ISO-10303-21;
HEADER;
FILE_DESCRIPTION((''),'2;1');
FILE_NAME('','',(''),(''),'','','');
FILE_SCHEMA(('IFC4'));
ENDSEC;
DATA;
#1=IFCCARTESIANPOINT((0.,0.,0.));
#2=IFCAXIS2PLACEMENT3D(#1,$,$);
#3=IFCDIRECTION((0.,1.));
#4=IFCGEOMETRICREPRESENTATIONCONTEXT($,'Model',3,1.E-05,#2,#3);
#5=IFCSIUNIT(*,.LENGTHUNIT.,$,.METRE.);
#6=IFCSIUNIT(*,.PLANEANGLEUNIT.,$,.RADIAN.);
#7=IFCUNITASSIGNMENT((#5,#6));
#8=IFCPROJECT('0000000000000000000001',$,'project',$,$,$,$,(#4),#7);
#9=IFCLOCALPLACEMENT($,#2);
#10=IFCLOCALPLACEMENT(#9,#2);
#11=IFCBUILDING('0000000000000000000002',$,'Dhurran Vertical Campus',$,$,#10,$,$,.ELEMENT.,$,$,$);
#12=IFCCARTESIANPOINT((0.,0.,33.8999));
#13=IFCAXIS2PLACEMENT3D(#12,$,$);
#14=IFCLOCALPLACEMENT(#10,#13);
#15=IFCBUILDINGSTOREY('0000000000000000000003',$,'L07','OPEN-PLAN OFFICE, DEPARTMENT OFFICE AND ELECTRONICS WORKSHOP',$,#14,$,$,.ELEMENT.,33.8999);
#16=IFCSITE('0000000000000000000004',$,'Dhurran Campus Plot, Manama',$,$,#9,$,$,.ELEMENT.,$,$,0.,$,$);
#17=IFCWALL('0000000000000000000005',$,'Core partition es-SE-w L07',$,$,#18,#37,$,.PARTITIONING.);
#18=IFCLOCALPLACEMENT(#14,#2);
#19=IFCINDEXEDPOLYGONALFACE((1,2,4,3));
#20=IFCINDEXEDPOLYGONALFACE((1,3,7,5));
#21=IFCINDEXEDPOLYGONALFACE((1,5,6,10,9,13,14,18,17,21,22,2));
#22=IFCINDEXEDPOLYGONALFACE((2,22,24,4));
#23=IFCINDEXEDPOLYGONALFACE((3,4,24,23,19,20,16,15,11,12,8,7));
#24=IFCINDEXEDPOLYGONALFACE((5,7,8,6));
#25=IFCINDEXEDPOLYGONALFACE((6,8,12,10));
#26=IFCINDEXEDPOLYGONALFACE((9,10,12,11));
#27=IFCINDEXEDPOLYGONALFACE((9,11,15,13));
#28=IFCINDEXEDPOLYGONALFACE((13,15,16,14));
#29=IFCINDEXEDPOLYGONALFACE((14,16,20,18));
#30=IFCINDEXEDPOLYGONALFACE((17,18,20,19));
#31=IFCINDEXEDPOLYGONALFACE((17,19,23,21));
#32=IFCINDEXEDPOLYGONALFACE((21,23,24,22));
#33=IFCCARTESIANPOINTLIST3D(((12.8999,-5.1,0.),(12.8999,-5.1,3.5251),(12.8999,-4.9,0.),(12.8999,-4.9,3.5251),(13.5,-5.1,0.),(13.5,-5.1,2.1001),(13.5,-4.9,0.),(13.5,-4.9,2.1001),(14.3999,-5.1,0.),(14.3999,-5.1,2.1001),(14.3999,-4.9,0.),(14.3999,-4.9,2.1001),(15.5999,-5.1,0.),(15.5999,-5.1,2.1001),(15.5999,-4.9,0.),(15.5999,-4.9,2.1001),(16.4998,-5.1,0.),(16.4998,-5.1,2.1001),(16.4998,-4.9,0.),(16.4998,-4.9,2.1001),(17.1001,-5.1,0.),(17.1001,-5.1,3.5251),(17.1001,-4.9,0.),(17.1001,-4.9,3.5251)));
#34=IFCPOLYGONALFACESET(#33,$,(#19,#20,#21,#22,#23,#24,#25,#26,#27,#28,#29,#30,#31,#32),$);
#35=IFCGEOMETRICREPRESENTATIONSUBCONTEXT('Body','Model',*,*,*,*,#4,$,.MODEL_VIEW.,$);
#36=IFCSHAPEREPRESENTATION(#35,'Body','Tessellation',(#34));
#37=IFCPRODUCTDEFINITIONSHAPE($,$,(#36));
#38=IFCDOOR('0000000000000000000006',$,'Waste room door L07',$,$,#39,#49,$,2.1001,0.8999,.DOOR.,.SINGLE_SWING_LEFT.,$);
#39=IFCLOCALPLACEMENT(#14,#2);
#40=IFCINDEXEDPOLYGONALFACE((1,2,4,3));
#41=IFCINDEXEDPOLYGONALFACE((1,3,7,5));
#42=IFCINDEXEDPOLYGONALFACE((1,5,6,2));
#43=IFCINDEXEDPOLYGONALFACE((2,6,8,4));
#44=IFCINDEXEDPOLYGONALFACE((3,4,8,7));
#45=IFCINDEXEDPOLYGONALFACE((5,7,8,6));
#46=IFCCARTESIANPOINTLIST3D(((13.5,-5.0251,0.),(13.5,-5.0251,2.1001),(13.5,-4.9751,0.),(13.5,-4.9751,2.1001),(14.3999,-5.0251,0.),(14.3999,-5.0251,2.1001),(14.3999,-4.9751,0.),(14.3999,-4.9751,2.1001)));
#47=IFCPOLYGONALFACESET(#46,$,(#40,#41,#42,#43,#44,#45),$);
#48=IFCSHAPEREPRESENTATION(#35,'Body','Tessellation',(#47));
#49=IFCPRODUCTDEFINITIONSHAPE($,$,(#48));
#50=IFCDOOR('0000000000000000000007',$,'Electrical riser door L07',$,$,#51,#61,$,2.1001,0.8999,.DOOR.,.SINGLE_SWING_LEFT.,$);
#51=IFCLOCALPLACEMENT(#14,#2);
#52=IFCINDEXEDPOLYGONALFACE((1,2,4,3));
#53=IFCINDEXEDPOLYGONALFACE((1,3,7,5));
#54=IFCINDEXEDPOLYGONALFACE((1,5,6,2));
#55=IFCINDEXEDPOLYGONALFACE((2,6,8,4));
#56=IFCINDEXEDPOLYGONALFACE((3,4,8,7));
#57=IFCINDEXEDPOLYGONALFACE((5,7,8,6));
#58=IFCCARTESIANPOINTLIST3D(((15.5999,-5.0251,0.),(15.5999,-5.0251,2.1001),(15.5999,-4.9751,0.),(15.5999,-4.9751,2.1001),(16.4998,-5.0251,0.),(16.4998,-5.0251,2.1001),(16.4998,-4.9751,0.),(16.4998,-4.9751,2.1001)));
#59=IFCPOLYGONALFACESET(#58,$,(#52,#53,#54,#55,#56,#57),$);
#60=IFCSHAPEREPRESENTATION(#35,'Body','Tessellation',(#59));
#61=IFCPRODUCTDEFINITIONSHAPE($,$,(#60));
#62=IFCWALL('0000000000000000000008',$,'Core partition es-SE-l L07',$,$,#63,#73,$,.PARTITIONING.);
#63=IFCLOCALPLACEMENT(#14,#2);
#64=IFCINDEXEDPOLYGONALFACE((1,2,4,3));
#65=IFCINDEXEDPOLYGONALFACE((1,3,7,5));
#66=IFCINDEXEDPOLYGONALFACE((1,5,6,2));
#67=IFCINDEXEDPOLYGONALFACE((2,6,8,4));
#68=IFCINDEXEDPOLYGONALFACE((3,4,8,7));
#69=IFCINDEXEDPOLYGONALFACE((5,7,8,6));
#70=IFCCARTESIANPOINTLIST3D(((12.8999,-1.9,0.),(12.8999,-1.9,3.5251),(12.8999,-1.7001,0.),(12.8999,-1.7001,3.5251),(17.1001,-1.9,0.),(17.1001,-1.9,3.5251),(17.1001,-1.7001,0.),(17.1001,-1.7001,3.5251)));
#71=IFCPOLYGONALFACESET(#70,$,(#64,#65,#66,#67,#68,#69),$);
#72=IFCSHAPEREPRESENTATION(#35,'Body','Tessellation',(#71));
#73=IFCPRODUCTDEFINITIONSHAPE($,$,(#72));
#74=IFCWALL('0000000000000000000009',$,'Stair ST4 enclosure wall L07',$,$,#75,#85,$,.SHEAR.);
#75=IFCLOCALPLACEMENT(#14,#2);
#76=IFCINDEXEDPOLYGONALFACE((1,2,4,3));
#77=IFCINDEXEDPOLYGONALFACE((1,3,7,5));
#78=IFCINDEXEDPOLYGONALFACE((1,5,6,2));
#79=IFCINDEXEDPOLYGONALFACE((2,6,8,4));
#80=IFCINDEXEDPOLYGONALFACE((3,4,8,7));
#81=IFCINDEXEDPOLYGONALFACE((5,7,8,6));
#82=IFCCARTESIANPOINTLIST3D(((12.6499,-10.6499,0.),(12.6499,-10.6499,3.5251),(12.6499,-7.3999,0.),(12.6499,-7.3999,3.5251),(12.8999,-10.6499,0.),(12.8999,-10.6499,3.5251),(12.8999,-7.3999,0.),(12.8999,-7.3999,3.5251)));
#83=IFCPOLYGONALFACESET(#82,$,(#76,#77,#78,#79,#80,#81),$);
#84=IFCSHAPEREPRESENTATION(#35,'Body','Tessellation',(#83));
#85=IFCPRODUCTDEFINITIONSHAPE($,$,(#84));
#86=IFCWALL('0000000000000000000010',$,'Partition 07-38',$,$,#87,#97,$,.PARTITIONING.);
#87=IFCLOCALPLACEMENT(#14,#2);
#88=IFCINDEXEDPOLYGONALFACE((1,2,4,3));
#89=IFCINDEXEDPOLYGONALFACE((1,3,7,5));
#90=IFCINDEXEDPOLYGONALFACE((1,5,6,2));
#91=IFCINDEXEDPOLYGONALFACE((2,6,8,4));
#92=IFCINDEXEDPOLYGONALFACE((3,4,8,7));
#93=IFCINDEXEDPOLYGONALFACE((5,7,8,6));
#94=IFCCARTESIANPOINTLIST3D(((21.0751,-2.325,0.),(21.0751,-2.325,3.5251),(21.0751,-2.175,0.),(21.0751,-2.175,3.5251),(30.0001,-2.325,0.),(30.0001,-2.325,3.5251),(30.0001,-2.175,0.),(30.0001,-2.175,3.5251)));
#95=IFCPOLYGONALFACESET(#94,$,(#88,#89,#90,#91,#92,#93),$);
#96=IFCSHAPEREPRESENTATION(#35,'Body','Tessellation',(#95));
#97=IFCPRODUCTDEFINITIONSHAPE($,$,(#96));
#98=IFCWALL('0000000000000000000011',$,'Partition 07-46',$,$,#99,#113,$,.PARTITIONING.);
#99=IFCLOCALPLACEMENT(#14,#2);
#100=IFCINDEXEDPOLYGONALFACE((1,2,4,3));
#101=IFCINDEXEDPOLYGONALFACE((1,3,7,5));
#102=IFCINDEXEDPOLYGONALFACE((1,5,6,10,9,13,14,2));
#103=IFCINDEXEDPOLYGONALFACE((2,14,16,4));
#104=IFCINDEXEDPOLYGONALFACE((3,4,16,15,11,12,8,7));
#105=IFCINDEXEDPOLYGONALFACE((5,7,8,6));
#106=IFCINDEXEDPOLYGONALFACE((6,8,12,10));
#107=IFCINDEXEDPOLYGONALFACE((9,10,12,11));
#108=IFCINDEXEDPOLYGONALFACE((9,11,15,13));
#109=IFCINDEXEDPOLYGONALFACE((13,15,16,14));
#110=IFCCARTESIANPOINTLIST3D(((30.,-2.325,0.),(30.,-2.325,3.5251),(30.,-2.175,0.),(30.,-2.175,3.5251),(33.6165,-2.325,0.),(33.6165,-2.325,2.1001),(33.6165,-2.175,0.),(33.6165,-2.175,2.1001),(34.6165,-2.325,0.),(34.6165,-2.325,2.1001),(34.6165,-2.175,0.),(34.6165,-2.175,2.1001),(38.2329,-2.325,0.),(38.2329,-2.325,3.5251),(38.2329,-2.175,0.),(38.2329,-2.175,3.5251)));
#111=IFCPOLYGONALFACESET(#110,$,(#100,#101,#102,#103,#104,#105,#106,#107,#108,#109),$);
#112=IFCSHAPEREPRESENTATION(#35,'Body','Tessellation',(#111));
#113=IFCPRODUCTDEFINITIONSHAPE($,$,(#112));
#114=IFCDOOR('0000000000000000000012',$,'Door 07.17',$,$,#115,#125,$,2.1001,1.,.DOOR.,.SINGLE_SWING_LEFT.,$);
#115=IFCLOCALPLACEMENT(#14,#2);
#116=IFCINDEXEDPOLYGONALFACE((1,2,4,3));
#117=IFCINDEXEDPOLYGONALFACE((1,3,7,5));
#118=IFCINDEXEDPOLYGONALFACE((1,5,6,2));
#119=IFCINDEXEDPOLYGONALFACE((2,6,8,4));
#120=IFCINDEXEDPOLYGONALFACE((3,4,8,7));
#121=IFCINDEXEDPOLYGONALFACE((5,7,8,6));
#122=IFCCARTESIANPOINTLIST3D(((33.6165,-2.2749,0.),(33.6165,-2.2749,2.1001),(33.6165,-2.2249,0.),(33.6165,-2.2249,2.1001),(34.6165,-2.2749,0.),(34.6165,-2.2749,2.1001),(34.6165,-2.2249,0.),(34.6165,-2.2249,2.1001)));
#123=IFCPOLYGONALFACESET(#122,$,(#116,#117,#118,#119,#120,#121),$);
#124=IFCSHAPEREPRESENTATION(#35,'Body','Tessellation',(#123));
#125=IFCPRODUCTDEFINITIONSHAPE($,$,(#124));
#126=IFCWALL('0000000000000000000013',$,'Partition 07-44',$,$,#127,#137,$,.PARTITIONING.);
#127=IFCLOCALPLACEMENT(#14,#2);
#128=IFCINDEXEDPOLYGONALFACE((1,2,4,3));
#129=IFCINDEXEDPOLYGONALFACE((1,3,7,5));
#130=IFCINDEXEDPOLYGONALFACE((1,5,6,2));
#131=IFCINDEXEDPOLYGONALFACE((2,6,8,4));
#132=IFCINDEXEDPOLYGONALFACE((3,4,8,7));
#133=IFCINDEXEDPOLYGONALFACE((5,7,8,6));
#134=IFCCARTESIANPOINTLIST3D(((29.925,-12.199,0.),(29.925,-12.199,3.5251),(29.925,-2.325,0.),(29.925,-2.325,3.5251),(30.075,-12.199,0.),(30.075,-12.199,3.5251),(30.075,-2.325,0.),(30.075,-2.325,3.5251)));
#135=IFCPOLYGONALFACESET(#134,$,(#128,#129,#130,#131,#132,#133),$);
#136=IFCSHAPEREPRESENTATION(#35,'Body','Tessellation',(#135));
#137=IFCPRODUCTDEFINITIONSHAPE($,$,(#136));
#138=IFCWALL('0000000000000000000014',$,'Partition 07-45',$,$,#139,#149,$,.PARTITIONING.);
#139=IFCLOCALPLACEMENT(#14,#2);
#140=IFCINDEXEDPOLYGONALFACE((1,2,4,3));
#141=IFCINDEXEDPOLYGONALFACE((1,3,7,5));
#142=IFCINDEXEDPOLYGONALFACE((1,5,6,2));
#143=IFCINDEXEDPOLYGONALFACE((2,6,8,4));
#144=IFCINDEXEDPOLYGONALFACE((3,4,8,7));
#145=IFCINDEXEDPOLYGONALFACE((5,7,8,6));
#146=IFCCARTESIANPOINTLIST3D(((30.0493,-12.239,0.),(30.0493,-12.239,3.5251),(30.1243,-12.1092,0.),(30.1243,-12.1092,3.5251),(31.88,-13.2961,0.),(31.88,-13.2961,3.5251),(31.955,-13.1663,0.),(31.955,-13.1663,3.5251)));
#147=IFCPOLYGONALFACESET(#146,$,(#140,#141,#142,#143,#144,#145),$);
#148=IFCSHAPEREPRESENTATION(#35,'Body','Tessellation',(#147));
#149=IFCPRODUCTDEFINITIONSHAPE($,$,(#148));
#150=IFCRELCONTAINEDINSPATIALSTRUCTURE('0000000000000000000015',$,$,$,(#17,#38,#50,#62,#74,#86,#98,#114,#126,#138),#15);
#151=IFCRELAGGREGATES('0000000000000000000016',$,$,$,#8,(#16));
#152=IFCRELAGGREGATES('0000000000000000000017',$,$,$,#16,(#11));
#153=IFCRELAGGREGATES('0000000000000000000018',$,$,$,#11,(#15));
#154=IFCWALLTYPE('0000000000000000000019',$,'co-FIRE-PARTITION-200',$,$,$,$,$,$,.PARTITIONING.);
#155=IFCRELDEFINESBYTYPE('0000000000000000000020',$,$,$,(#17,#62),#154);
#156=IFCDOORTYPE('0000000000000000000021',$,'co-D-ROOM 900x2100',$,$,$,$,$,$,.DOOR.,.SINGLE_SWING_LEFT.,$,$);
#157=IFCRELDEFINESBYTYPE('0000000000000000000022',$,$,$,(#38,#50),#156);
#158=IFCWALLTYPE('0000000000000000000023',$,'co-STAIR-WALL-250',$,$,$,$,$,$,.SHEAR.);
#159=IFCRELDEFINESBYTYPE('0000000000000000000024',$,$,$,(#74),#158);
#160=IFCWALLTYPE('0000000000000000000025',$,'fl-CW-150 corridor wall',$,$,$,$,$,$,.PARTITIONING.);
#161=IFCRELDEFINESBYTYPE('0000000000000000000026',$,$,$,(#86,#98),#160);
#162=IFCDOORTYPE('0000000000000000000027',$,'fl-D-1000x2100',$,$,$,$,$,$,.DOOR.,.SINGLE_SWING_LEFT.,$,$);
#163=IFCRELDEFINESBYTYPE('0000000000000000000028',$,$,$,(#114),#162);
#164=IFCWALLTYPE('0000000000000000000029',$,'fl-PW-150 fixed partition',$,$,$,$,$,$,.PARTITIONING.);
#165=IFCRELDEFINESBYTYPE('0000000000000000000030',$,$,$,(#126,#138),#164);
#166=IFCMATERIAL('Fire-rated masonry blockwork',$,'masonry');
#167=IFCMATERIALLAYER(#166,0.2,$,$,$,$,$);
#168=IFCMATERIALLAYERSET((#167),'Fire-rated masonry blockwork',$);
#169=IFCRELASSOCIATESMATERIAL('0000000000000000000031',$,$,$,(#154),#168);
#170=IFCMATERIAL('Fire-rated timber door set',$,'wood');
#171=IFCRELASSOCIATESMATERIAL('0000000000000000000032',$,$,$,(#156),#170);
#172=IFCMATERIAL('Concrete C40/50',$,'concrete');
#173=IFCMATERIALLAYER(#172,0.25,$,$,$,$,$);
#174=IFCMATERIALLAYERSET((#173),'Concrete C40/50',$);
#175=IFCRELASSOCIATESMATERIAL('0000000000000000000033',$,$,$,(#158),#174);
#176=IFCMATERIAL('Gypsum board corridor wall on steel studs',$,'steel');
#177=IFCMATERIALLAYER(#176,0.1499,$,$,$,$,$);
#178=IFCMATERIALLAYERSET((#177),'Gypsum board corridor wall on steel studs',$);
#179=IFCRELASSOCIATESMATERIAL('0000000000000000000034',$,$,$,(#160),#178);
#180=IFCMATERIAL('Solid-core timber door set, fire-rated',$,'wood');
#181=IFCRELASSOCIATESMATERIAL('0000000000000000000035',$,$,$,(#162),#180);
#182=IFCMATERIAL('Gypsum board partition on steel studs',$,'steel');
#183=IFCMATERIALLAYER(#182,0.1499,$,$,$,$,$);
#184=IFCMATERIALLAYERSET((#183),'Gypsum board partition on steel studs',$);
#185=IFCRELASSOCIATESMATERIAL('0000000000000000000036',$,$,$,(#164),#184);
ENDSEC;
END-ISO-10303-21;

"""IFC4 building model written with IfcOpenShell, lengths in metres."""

from ifc_helpers import new_model, si_unit, direction, frame, frame_2d, origin, place, context, subcontext, project, spatial, rectangle, extrude, material, layer, layer_set, type_object, element, fill, save


model = new_model("IFC4")

# Units and contexts
model_context = context("Model", 3, precision=1e-05, world=origin(), true_north=direction((0.0, 1.0)))
body_context = subcontext(model_context, "Body", "Model", "MODEL_VIEW")
ifc_project = project(units=[si_unit("LENGTHUNIT", "METRE"), si_unit("PLANEANGLEUNIT", "RADIAN")], contexts=[model_context])

# Site, building, storey
site_placement = place(None, origin())
site = spatial("IfcSite", under=ifc_project, at=site_placement, Name="Dhurran Campus Plot, Manama", CompositionType="ELEMENT", RefElevation=0.0)
building_placement = place(site_placement, origin())
building = spatial("IfcBuilding", under=site, at=building_placement, Name="Dhurran Vertical Campus", CompositionType="ELEMENT")
storey_placement = place(building_placement, frame((0.0, 0.0, 33.8999)))
storey = spatial("IfcBuildingStorey", under=building, at=storey_placement, Name="L07", Description="OPEN-PLAN OFFICE, DEPARTMENT OFFICE AND ELECTRONICS WORKSHOP", CompositionType="ELEMENT", Elevation=33.8999)

# Shared definitions
ifc_material_1 = material(Name="Fire-rated masonry blockwork", Category="masonry")
ifc_layer_1 = layer(ifc_material_1, 0.2)
ifc_layer_set_1 = layer_set([ifc_layer_1], Name="Fire-rated masonry blockwork")
wall_type_1 = type_object("IfcWallType", Name="co-FIRE-PARTITION-200", PredefinedType="PARTITIONING", material=ifc_layer_set_1)

# Shared definitions
ifc_material_2 = material(Name="Fire-rated timber door set", Category="wood")
door_type_1 = type_object("IfcDoorType", Name="co-D-ROOM 900x2100", OperationType="SINGLE_SWING_LEFT", PredefinedType="DOOR", material=ifc_material_2)

# Wall, openings, doors
wall_1_placement = place(storey_placement, frame((12.8999, -5.0, 0.0), z_axis=(0.0, 0.0, 1.0), x_axis=(1.0, 0.0, 0.0)))
wall_1 = element("IfcWall", 1, at=wall_1_placement, inside=storey, type_object=wall_type_1, Name="Core partition es-SE-w L07", PredefinedType="PARTITIONING", context=body_context, shape_type="SweptSolid", body=[
    extrude(rectangle(XDim=4.2002, YDim=0.2, at=frame_2d((2.1001, 0.0))), origin(), (0.0, 0.0, 1.0), 3.5251),
])
opening_1_placement = place(wall_1_placement, frame((0.6001, 0.0, 0.0)))
opening_1 = element("IfcOpeningElement", 2, at=opening_1_placement, cuts=wall_1, PredefinedType="OPENING", context=body_context, shape_type="SweptSolid", body=[
    extrude(rectangle(XDim=0.8999, YDim=2.1001, at=frame_2d((0.45, 1.05))), frame((0.0, 0.1099, 0.0), z_axis=(0.0, -1.0, 0.0), x_axis=(1.0, 0.0, 0.0)), (0.0, 0.0, 1.0), 0.22),
])
opening_2_placement = place(wall_1_placement, frame((2.7, 0.0, 0.0)))
opening_2 = element("IfcOpeningElement", 3, at=opening_2_placement, cuts=wall_1, PredefinedType="OPENING", context=body_context, shape_type="SweptSolid", body=[
    extrude(rectangle(XDim=0.8999, YDim=2.1001, at=frame_2d((0.45, 1.05))), frame((0.0, 0.1099, 0.0), z_axis=(0.0, -1.0, 0.0), x_axis=(1.0, 0.0, 0.0)), (0.0, 0.0, 1.0), 0.22),
])
door_1_placement = place(opening_1_placement, origin())
door_1 = element("IfcDoor", 4, at=door_1_placement, inside=storey, type_object=door_type_1, Name="Waste room door L07", OperationType="SINGLE_SWING_LEFT", OverallHeight=2.1001, OverallWidth=0.8999, PredefinedType="DOOR", context=body_context, shape_type="SweptSolid", body=[
    extrude(rectangle(XDim=0.8999, YDim=2.1001, at=frame_2d((0.45, 1.05))), frame((0.0, 0.0249, 0.0), z_axis=(0.0, -1.0, 0.0), x_axis=(1.0, 0.0, 0.0)), (0.0, 0.0, 1.0), 0.05),
])
fill(opening_1, door_1)
door_2_placement = place(opening_2_placement, origin())
door_2 = element("IfcDoor", 5, at=door_2_placement, inside=storey, type_object=door_type_1, Name="Electrical riser door L07", OperationType="SINGLE_SWING_LEFT", OverallHeight=2.1001, OverallWidth=0.8999, PredefinedType="DOOR", context=body_context, shape_type="SweptSolid", body=[
    extrude(rectangle(XDim=0.8999, YDim=2.1001, at=frame_2d((0.45, 1.05))), frame((0.0, 0.0249, 0.0), z_axis=(0.0, -1.0, 0.0), x_axis=(1.0, 0.0, 0.0)), (0.0, 0.0, 1.0), 0.05),
])
fill(opening_2, door_2)

# Walls
wall_2_placement = place(storey_placement, frame((12.8999, -1.8, 0.0), z_axis=(0.0, 0.0, 1.0), x_axis=(1.0, 0.0, 0.0)))
element("IfcWall", 6, at=wall_2_placement, inside=storey, type_object=wall_type_1, Name="Core partition es-SE-l L07", PredefinedType="PARTITIONING", context=body_context, shape_type="SweptSolid", body=[
    extrude(rectangle(XDim=4.2002, YDim=0.2, at=frame_2d((2.1001, 0.0))), origin(), (0.0, 0.0, 1.0), 3.5251),
])
ifc_material_3 = material(Name="Concrete C40/50", Category="concrete")
ifc_layer_2 = layer(ifc_material_3, 0.25)
ifc_layer_set_2 = layer_set([ifc_layer_2], Name="Concrete C40/50")
wall_type_2 = type_object("IfcWallType", Name="co-STAIR-WALL-250", PredefinedType="SHEAR", material=ifc_layer_set_2)
wall_3_placement = place(storey_placement, frame((12.7749, -10.6499, 0.0), z_axis=(0.0, 0.0, 1.0), x_axis=(0.0, 1.0, 0.0)))
element("IfcWall", 7, at=wall_3_placement, inside=storey, type_object=wall_type_2, Name="Stair ST4 enclosure wall L07", PredefinedType="SHEAR", context=body_context, shape_type="SweptSolid", body=[
    extrude(rectangle(XDim=3.25, YDim=0.25, at=frame_2d((1.625, 0.0))), origin(), (0.0, 0.0, 1.0), 3.5251),
])
ifc_material_4 = material(Name="Gypsum board corridor wall on steel studs", Category="steel")
ifc_layer_3 = layer(ifc_material_4, 0.1499)
ifc_layer_set_3 = layer_set([ifc_layer_3], Name="Gypsum board corridor wall on steel studs")
wall_type_3 = type_object("IfcWallType", Name="fl-CW-150 corridor wall", PredefinedType="PARTITIONING", material=ifc_layer_set_3)
wall_4_placement = place(storey_placement, frame((30.0, -2.25, 0.0), z_axis=(0.0, 0.0, 1.0), x_axis=(-1.0, 0.0, 0.0)))
element("IfcWall", 8, at=wall_4_placement, inside=storey, type_object=wall_type_3, Name="Partition 07-38", PredefinedType="PARTITIONING", context=body_context, shape_type="SweptSolid", body=[
    extrude(rectangle(XDim=8.925, YDim=0.1499, at=frame_2d((4.4624, 0.0))), origin(), (0.0, 0.0, 1.0), 3.5251),
])

# Wall, opening, door
wall_5_placement = place(storey_placement, frame((38.2329, -2.25, 0.0), z_axis=(0.0, 0.0, 1.0), x_axis=(-1.0, 0.0, 0.0)))
wall_5 = element("IfcWall", 9, at=wall_5_placement, inside=storey, type_object=wall_type_3, Name="Partition 07-46", PredefinedType="PARTITIONING", context=body_context, shape_type="SweptSolid", body=[
    extrude(rectangle(XDim=8.2329, YDim=0.1499, at=frame_2d((4.1165, 0.0))), origin(), (0.0, 0.0, 1.0), 3.5251),
])
opening_3_placement = place(wall_5_placement, frame((3.6165, 0.0, 0.0)))
opening_3 = element("IfcOpeningElement", 10, at=opening_3_placement, cuts=wall_5, PredefinedType="OPENING", context=body_context, shape_type="SweptSolid", body=[
    extrude(rectangle(XDim=1.0, YDim=2.1001, at=frame_2d((0.5, 1.05))), frame((0.0, 0.085, 0.0), z_axis=(0.0, -1.0, 0.0), x_axis=(1.0, 0.0, 0.0)), (0.0, 0.0, 1.0), 0.1699),
])
ifc_material_5 = material(Name="Solid-core timber door set, fire-rated", Category="wood")
door_type_2 = type_object("IfcDoorType", Name="fl-D-1000x2100", OperationType="SINGLE_SWING_LEFT", PredefinedType="DOOR", material=ifc_material_5)
door_3_placement = place(opening_3_placement, origin())
door_3 = element("IfcDoor", 11, at=door_3_placement, inside=storey, type_object=door_type_2, Name="Door 07.17", OperationType="SINGLE_SWING_LEFT", OverallHeight=2.1001, OverallWidth=1.0, PredefinedType="DOOR", context=body_context, shape_type="SweptSolid", body=[
    extrude(rectangle(XDim=1.0, YDim=2.1001, at=frame_2d((0.5, 1.05))), frame((0.0, 0.0249, 0.0), z_axis=(0.0, -1.0, 0.0), x_axis=(1.0, 0.0, 0.0)), (0.0, 0.0, 1.0), 0.05),
])
fill(opening_3, door_3)

# Walls
ifc_material_6 = material(Name="Gypsum board partition on steel studs", Category="steel")
ifc_layer_4 = layer(ifc_material_6, 0.1499)
ifc_layer_set_4 = layer_set([ifc_layer_4], Name="Gypsum board partition on steel studs")
wall_type_4 = type_object("IfcWallType", Name="fl-PW-150 fixed partition", PredefinedType="PARTITIONING", material=ifc_layer_set_4)
wall_6_placement = place(storey_placement, frame((30.0, -2.325, 0.0), z_axis=(0.0, 0.0, 1.0), x_axis=(0.0, -1.0, 0.0)))
element("IfcWall", 12, at=wall_6_placement, inside=storey, type_object=wall_type_4, Name="Partition 07-44", PredefinedType="PARTITIONING", context=body_context, shape_type="SweptSolid", body=[
    extrude(rectangle(XDim=9.874, YDim=0.1499, at=frame_2d((4.937, 0.0))), origin(), (0.0, 0.0, 1.0), 3.5251),
])
wall_7_placement = place(storey_placement, frame((30.0867, -12.1741, 0.0), z_axis=(0.0, 0.0, 1.0), x_axis=(0.866003, -0.500039, 0.0)))
element("IfcWall", 13, at=wall_7_placement, inside=storey, type_object=wall_type_4, Name="Partition 07-45", PredefinedType="PARTITIONING", context=body_context, shape_type="SweptSolid", body=[
    extrude(rectangle(XDim=2.114, YDim=0.1499, at=frame_2d((1.0571, 0.0))), origin(), (0.0, 0.0, 1.0), 3.5251),
])

save(model, "model.ifc")
